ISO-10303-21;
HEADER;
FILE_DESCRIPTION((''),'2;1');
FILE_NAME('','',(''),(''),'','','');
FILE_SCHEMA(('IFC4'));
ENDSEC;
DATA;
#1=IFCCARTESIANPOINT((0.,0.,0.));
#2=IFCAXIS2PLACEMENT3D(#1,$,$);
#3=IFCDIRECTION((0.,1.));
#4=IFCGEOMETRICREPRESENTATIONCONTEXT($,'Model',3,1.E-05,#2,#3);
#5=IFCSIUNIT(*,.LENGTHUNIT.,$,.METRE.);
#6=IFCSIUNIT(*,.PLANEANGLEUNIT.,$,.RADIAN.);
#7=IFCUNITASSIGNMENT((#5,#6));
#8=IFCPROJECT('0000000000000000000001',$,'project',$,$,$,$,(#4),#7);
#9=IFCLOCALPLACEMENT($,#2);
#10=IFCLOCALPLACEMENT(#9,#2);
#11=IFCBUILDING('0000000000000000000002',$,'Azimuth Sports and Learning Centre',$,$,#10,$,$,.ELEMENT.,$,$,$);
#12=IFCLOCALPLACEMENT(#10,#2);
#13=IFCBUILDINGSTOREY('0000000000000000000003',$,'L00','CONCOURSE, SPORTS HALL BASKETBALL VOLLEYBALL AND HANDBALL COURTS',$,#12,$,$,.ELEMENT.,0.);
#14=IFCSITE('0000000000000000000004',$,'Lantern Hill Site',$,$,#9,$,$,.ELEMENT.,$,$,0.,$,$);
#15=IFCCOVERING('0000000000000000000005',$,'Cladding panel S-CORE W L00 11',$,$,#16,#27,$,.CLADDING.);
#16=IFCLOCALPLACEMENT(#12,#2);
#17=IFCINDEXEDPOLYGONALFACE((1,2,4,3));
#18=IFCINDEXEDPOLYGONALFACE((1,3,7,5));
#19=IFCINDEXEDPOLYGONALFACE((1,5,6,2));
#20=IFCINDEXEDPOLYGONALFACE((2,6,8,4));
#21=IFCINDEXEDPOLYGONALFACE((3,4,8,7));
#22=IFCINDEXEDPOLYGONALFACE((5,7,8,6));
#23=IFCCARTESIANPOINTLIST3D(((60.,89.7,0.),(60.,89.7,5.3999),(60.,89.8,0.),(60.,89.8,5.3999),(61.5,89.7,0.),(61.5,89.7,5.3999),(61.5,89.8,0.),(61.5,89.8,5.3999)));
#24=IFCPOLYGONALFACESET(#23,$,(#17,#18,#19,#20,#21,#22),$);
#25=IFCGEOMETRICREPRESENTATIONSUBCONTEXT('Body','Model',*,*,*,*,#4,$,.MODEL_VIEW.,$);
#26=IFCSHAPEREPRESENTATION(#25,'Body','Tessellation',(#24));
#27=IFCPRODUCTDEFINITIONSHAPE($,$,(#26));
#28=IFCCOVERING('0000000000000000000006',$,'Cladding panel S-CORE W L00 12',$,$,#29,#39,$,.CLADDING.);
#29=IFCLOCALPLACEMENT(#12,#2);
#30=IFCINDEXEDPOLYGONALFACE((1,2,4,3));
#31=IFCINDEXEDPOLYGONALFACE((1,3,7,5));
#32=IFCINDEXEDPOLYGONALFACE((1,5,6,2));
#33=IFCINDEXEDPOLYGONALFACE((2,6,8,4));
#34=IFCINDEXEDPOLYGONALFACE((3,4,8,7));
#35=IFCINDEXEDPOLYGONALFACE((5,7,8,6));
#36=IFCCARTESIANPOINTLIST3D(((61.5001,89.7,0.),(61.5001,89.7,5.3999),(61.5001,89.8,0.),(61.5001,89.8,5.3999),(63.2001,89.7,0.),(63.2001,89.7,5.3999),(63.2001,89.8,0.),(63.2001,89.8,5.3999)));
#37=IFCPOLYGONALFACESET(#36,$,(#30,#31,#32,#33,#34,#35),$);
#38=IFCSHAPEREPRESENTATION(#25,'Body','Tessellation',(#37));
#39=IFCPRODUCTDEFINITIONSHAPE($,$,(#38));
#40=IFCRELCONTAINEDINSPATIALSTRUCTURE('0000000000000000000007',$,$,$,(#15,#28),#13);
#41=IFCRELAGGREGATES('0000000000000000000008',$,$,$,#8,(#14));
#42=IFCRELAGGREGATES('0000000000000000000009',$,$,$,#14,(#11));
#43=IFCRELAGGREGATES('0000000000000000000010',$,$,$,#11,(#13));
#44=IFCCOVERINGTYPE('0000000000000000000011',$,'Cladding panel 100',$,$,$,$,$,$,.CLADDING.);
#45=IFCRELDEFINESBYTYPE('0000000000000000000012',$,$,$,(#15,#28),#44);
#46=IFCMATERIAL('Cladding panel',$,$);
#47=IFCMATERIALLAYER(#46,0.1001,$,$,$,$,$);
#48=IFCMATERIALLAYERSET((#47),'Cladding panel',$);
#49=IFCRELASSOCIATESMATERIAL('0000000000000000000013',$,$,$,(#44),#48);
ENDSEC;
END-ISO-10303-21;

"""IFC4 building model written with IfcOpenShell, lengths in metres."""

from ifc_helpers import new_model, si_unit, direction, frame, origin, origin_2d, place, context, subcontext, project, spatial, rectangle, extrude, material, layer, layer_set, type_object, element, save


model = new_model("IFC4")

# Units and contexts
model_context = context("Model", 3, precision=1e-05, world=origin(), true_north=direction((0.0, 1.0)))
body_context = subcontext(model_context, "Body", "Model", "MODEL_VIEW")
ifc_project = project(units=[si_unit("LENGTHUNIT", "METRE"), si_unit("PLANEANGLEUNIT", "RADIAN")], contexts=[model_context])

# Site, building, storey
site_placement = place(None, origin())
site = spatial("IfcSite", under=ifc_project, at=site_placement, Name="Lantern Hill Site", CompositionType="ELEMENT", RefElevation=0.0)
building_placement = place(site_placement, origin())
building = spatial("IfcBuilding", under=site, at=building_placement, Name="Azimuth Sports and Learning Centre", CompositionType="ELEMENT")
storey_placement = place(building_placement, origin())
storey = spatial("IfcBuildingStorey", under=building, at=storey_placement, Name="L00", Description="CONCOURSE, SPORTS HALL BASKETBALL VOLLEYBALL AND HANDBALL COURTS", CompositionType="ELEMENT", Elevation=0.0)

# Coverings
ifc_material_1 = material(Name="Cladding panel")
ifc_layer_1 = layer(ifc_material_1, 0.1001)
ifc_layer_set_1 = layer_set([ifc_layer_1], Name="Cladding panel")
covering_type = type_object("IfcCoveringType", Name="Cladding panel 100", PredefinedType="CLADDING", material=ifc_layer_set_1)
covering_1_placement = place(storey_placement, frame((60.75, 89.75, 0.0), z_axis=(0.0, 0.0, 1.0), x_axis=(1.0, 0.0, 0.0)))
element("IfcCovering", 1, at=covering_1_placement, inside=storey, type_object=covering_type, Name="Cladding panel S-CORE W L00 11", PredefinedType="CLADDING", context=body_context, shape_type="SweptSolid", body=[
    extrude(rectangle(XDim=1.5, YDim=0.1001, at=origin_2d()), origin(), (0.0, 0.0, 1.0), 5.3999),
])
covering_2_placement = place(storey_placement, frame((62.3501, 89.75, 0.0), z_axis=(0.0, 0.0, 1.0), x_axis=(1.0, 0.0, 0.0)))
element("IfcCovering", 2, at=covering_2_placement, inside=storey, type_object=covering_type, Name="Cladding panel S-CORE W L00 12", PredefinedType="CLADDING", context=body_context, shape_type="SweptSolid", body=[
    extrude(rectangle(XDim=1.7, YDim=0.1001, at=origin_2d()), origin(), (0.0, 0.0, 1.0), 5.3999),
])

save(model, "model.ifc")
